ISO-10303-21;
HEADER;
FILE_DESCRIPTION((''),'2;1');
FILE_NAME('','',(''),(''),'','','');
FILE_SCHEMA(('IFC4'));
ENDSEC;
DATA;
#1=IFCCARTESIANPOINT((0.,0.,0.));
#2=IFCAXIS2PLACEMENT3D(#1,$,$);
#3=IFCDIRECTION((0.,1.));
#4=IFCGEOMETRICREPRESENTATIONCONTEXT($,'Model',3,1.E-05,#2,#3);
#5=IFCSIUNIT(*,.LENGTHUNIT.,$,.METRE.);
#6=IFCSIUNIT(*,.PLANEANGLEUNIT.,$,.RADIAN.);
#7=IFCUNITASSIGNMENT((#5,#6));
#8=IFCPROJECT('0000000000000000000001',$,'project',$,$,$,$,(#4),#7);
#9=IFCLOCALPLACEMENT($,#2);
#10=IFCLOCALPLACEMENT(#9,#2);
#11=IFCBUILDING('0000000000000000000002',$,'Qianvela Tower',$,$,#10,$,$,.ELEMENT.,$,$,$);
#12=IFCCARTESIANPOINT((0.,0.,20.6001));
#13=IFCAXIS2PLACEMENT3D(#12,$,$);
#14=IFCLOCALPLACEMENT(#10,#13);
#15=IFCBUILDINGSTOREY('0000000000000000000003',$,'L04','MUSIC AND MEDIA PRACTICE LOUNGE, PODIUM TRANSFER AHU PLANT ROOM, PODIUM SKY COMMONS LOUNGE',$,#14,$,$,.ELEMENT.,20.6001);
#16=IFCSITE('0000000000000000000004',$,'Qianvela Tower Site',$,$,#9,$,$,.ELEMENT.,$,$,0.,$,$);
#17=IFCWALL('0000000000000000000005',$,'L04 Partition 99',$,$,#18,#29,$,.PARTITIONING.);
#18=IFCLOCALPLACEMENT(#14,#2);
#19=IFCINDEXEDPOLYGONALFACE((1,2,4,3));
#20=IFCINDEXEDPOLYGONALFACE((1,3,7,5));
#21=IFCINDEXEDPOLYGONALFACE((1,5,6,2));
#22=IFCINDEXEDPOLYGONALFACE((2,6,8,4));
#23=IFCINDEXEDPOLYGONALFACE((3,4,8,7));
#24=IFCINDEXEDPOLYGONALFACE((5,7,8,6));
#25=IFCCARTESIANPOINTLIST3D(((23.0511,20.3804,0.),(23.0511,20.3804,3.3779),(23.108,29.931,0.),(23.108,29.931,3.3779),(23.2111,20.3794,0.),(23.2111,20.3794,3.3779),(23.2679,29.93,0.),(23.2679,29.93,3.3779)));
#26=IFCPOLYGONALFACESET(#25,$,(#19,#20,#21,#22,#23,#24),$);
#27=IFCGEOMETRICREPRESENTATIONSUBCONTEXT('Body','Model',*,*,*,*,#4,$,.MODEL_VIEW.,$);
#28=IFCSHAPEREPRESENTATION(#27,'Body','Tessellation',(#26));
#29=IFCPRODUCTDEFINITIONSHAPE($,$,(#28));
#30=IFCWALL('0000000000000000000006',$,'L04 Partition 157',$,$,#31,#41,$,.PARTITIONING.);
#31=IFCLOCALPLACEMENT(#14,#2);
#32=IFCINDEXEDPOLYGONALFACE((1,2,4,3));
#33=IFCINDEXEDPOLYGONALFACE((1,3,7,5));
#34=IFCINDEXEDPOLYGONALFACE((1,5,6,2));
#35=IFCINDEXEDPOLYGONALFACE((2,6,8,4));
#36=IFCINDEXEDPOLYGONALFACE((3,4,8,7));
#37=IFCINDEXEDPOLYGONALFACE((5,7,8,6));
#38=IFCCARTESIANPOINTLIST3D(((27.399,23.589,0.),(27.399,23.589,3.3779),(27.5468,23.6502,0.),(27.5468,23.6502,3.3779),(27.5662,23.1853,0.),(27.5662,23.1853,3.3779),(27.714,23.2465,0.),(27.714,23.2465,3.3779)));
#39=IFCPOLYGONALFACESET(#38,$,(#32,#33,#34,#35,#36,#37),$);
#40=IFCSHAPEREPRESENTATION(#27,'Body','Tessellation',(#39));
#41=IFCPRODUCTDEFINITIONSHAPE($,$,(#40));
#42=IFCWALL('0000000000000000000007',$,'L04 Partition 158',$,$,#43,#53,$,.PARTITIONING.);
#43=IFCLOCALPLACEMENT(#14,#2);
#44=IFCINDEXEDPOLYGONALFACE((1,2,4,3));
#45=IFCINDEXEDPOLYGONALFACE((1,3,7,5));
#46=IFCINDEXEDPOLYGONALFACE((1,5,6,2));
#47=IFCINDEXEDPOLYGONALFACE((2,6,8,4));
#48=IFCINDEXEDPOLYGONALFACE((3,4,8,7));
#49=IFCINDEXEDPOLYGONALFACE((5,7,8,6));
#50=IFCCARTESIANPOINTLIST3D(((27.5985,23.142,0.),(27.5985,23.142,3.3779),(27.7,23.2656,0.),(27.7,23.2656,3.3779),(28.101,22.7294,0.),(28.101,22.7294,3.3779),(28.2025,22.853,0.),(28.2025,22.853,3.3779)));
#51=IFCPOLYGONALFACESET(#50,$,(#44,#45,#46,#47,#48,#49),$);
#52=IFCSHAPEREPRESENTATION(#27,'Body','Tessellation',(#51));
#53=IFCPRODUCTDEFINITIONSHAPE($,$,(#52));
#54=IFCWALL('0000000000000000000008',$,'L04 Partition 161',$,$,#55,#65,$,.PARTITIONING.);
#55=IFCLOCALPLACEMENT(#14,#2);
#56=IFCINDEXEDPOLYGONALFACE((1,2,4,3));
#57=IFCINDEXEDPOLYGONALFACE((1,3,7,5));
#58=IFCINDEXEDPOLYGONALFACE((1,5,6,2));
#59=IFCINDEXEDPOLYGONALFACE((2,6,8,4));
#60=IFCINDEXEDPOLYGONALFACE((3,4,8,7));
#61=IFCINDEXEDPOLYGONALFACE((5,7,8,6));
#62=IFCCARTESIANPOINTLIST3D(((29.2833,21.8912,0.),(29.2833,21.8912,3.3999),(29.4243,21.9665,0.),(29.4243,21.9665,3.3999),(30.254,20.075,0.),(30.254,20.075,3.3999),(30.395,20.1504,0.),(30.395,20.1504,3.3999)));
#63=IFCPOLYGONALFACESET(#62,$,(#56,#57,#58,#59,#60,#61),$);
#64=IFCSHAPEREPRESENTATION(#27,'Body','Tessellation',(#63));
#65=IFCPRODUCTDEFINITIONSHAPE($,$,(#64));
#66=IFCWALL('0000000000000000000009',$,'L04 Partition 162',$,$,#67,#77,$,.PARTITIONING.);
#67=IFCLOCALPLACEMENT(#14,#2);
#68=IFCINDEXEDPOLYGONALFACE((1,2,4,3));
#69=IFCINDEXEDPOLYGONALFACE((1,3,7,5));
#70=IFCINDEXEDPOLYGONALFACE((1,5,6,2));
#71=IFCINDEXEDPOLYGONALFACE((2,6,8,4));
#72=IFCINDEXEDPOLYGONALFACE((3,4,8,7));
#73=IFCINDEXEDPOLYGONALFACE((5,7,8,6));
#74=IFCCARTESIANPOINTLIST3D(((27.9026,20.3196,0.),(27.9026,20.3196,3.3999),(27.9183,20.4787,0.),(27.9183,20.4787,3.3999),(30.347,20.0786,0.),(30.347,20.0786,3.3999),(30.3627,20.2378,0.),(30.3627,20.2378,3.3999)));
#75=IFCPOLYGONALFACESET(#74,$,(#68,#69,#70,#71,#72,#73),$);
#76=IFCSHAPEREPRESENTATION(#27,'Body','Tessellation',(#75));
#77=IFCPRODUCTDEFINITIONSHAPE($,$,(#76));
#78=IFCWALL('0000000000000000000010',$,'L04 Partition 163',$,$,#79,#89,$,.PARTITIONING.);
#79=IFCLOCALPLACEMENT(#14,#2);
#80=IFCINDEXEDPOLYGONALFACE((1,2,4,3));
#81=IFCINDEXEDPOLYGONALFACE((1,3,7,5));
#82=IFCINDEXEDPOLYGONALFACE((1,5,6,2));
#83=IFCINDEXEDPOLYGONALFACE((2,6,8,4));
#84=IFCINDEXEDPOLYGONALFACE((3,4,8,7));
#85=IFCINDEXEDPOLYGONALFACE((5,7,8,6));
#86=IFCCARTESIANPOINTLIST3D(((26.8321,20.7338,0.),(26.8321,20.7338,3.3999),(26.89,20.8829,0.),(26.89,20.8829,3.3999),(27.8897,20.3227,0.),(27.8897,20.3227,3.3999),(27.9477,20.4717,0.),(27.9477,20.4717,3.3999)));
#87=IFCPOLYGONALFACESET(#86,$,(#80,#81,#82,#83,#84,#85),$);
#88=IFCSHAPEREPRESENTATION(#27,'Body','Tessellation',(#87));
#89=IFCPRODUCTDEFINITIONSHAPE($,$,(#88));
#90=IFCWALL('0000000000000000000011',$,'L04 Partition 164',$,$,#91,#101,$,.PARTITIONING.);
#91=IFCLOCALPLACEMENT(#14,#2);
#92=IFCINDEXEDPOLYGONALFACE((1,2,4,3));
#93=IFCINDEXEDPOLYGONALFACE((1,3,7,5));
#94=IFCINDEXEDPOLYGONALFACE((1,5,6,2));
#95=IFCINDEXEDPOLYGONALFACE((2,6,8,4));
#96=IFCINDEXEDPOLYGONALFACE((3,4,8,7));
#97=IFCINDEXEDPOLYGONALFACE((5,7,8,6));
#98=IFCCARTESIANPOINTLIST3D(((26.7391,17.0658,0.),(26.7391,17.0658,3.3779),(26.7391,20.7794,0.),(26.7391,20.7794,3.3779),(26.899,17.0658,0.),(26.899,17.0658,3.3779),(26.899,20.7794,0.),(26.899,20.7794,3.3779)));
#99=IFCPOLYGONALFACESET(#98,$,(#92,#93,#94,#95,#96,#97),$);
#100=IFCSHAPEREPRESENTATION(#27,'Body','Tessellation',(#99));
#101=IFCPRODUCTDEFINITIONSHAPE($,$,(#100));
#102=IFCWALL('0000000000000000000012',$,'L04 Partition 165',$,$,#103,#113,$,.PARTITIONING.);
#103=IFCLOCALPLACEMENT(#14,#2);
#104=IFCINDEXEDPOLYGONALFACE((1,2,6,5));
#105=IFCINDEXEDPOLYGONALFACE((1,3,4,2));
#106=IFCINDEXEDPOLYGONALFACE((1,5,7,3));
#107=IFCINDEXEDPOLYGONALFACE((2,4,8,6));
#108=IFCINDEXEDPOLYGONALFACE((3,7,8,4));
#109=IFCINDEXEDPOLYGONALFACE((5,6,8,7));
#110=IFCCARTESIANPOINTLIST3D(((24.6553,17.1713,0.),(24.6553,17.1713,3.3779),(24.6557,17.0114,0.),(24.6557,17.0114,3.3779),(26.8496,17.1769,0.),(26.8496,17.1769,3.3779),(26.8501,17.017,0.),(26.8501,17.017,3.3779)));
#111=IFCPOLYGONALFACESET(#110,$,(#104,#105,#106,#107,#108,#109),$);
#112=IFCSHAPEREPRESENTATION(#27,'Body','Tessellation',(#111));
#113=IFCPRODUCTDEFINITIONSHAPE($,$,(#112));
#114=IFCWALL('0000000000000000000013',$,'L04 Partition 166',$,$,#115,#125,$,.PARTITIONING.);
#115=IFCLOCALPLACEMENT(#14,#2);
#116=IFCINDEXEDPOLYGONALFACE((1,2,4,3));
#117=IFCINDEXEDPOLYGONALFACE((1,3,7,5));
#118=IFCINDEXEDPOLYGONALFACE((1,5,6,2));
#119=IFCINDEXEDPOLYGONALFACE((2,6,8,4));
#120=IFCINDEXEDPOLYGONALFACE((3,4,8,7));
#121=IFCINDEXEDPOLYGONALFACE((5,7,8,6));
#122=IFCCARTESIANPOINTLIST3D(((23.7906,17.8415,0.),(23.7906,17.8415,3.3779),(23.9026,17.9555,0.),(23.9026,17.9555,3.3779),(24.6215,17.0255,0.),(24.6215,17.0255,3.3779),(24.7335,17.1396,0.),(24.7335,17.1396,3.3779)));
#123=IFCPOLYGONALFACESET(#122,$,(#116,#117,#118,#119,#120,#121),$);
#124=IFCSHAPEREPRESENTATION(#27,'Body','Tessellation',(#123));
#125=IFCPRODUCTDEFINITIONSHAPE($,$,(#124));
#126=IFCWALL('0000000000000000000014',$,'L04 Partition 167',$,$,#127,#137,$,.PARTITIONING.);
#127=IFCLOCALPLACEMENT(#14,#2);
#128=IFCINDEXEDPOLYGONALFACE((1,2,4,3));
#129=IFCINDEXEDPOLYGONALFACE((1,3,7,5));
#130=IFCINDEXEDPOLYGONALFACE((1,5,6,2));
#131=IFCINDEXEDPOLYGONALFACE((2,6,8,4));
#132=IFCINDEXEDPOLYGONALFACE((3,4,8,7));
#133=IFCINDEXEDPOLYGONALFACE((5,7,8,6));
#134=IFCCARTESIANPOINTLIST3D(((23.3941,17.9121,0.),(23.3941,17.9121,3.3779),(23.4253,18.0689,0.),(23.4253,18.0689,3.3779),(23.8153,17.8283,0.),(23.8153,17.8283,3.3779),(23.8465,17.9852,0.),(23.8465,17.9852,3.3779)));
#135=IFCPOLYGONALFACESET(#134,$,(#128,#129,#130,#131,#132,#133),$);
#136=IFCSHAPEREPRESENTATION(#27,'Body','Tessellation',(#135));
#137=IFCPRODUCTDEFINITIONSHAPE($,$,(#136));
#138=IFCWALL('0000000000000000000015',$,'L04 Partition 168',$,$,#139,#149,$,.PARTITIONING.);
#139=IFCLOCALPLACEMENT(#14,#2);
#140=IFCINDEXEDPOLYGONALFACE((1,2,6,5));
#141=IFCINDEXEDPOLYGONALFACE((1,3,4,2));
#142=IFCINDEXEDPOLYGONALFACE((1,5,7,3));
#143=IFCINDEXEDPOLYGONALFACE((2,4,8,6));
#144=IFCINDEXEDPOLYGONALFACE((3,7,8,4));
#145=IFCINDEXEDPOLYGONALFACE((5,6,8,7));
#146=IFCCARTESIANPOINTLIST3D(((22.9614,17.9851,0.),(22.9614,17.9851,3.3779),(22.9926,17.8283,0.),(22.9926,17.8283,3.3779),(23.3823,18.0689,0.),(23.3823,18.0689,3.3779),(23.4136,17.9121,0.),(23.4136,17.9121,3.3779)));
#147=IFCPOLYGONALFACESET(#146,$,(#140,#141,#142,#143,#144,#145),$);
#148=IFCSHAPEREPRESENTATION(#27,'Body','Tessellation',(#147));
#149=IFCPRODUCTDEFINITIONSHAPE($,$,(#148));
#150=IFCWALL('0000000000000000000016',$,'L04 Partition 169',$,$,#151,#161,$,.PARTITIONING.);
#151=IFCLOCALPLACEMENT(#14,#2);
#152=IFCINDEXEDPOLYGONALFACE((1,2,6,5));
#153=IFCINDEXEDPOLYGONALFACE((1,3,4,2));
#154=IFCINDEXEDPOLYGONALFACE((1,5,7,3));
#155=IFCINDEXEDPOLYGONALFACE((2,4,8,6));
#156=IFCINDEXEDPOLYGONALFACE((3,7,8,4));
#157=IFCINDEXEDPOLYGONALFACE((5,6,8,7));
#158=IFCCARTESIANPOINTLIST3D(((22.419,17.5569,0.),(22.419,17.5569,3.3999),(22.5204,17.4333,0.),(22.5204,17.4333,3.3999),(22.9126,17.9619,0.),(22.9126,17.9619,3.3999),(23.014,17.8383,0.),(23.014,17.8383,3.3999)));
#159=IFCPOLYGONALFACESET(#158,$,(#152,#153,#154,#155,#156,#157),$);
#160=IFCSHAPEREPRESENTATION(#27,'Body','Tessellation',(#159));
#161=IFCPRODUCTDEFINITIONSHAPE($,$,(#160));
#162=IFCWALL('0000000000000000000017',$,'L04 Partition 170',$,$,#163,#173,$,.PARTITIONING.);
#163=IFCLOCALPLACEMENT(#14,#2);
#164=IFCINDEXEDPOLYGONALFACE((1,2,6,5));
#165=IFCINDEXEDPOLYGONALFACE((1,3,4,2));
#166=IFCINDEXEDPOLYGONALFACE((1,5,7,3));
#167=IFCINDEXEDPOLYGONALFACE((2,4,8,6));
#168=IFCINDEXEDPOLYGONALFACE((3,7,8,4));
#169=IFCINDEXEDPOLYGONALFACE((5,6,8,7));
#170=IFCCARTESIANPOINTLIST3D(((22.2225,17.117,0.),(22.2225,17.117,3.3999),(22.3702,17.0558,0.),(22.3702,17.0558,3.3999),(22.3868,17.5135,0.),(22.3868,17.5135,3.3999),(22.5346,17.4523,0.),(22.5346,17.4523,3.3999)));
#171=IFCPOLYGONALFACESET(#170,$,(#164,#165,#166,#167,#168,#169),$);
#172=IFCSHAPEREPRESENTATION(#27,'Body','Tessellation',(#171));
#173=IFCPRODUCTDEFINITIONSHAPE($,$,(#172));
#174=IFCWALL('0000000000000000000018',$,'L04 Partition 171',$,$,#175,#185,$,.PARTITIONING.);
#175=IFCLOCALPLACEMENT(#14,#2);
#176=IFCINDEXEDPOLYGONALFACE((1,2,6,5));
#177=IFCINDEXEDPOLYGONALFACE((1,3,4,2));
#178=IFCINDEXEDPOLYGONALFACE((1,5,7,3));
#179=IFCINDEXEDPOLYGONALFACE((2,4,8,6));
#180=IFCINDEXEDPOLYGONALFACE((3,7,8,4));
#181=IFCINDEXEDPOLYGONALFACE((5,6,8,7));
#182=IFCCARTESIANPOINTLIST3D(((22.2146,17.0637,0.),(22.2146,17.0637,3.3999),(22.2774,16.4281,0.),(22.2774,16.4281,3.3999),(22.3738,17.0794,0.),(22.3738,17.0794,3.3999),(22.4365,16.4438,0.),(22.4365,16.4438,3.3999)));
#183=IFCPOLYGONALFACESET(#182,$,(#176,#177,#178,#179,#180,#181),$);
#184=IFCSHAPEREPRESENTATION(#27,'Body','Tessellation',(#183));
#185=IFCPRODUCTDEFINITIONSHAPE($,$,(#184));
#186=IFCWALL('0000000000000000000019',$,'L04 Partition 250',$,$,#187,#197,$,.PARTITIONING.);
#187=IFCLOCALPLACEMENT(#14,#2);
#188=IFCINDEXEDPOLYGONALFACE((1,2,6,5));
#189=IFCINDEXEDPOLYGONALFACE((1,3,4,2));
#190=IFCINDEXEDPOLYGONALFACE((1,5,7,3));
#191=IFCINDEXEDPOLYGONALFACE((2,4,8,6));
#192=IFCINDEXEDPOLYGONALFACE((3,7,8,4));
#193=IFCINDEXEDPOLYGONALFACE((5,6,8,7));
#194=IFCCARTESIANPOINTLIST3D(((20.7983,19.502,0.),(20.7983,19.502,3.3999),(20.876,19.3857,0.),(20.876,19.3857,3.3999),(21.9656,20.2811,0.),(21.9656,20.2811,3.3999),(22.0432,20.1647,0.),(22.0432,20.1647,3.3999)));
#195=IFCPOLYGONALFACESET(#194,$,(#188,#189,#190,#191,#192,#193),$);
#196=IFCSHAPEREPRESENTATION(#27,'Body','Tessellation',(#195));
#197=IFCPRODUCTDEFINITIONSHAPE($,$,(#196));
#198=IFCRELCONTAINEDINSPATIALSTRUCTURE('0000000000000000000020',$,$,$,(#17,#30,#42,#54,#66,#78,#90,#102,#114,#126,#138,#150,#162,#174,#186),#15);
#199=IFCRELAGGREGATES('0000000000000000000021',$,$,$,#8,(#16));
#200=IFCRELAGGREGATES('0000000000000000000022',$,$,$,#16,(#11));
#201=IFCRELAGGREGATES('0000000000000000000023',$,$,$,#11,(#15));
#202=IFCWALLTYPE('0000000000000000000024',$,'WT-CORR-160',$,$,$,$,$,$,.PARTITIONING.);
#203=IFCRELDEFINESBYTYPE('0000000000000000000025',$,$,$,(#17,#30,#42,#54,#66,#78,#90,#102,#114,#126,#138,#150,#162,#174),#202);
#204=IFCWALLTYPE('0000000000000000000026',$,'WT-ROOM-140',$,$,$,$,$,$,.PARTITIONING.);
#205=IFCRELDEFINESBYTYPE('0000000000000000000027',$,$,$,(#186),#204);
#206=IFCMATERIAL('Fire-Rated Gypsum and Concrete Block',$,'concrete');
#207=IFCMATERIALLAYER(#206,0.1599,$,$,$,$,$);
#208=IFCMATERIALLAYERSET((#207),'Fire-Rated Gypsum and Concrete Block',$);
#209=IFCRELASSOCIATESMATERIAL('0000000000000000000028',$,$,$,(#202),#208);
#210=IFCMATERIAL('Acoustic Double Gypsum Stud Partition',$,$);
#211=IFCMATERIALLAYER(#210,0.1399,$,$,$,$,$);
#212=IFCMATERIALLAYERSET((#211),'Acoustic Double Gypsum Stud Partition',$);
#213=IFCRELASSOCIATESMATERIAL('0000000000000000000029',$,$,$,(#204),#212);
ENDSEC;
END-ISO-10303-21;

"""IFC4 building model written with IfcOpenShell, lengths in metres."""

from ifc_helpers import new_model, si_unit, direction, frame, frame_2d, origin, place, context, subcontext, project, spatial, rectangle, extrude, material, layer, layer_set, type_object, element, save


model = new_model("IFC4")

# Units and contexts
model_context = context("Model", 3, precision=1e-05, world=origin(), true_north=direction((0.0, 1.0)))
body_context = subcontext(model_context, "Body", "Model", "MODEL_VIEW")
ifc_project = project(units=[si_unit("LENGTHUNIT", "METRE"), si_unit("PLANEANGLEUNIT", "RADIAN")], contexts=[model_context])

# Site, building, storey
site_placement = place(None, origin())
site = spatial("IfcSite", under=ifc_project, at=site_placement, Name="Qianvela Tower Site", CompositionType="ELEMENT", RefElevation=0.0)
building_placement = place(site_placement, origin())
building = spatial("IfcBuilding", under=site, at=building_placement, Name="Qianvela Tower", CompositionType="ELEMENT")
storey_placement = place(building_placement, frame((0.0, 0.0, 20.6001)))
storey = spatial("IfcBuildingStorey", under=building, at=storey_placement, Name="L04", Description="MUSIC AND MEDIA PRACTICE LOUNGE, PODIUM TRANSFER AHU PLANT ROOM, PODIUM SKY COMMONS LOUNGE", CompositionType="ELEMENT", Elevation=20.6001)

# Walls
ifc_material_1 = material(Name="Fire-Rated Gypsum and Concrete Block", Category="concrete")
ifc_layer_1 = layer(ifc_material_1, 0.1599)
ifc_layer_set_1 = layer_set([ifc_layer_1], Name="Fire-Rated Gypsum and Concrete Block")
wall_type_1 = type_object("IfcWallType", Name="WT-CORR-160", PredefinedType="PARTITIONING", material=ifc_layer_set_1)
wall_1_placement = place(storey_placement, frame((23.1311, 20.3799, 0.0), z_axis=(0.0, 0.0, 1.0), x_axis=(0.005956, 0.999982, 0.0)))
element("IfcWall", 1, at=wall_1_placement, inside=storey, type_object=wall_type_1, Name="L04 Partition 99", PredefinedType="PARTITIONING", context=body_context, shape_type="SweptSolid", body=[
    extrude(rectangle(XDim=9.5508, YDim=0.1599, at=frame_2d((4.7754, 0.0))), origin(), (0.0, 0.0, 1.0), 3.3779),
])
wall_2_placement = place(storey_placement, frame((27.4729, 23.6196, 0.0), z_axis=(0.0, 0.0, 1.0), x_axis=(0.382631, -0.923901, 0.0)))
element("IfcWall", 2, at=wall_2_placement, inside=storey, type_object=wall_type_1, Name="L04 Partition 157", PredefinedType="PARTITIONING", context=body_context, shape_type="SweptSolid", body=[
    extrude(rectangle(XDim=0.437, YDim=0.1599, at=frame_2d((0.2185, 0.0))), origin(), (0.0, 0.0, 1.0), 3.3779),
])
wall_3_placement = place(storey_placement, frame((27.6492, 23.2039, 0.0), z_axis=(0.0, 0.0, 1.0), x_axis=(0.772818, -0.634627, 0.0)))
element("IfcWall", 3, at=wall_3_placement, inside=storey, type_object=wall_type_1, Name="L04 Partition 158", PredefinedType="PARTITIONING", context=body_context, shape_type="SweptSolid", body=[
    extrude(rectangle(XDim=0.6501, YDim=0.1599, at=frame_2d((0.3252, 0.0))), origin(), (0.0, 0.0, 1.0), 3.3779),
])
wall_4_placement = place(storey_placement, frame((29.3538, 21.929, 0.0), z_axis=(0.0, 0.0, 1.0), x_axis=(0.471376, -0.881933, 0.0)))
element("IfcWall", 4, at=wall_4_placement, inside=storey, type_object=wall_type_1, Name="L04 Partition 161", PredefinedType="PARTITIONING", context=body_context, shape_type="SweptSolid", body=[
    extrude(rectangle(XDim=2.0593, YDim=0.1599, at=frame_2d((1.0298, 0.0))), origin(), (0.0, 0.0, 1.0), 3.3999),
])
wall_5_placement = place(storey_placement, frame((30.3547, 20.1582, 0.0), z_axis=(0.0, 0.0, 1.0), x_axis=(-0.995176, 0.098106, 0.0)))
element("IfcWall", 5, at=wall_5_placement, inside=storey, type_object=wall_type_1, Name="L04 Partition 162", PredefinedType="PARTITIONING", context=body_context, shape_type="SweptSolid", body=[
    extrude(rectangle(XDim=2.4563, YDim=0.1599, at=frame_2d((1.228, 0.0))), origin(), (0.0, 0.0, 1.0), 3.3999),
])
wall_6_placement = place(storey_placement, frame((27.9187, 20.3972, 0.0), z_axis=(0.0, 0.0, 1.0), x_axis=(-0.932053, 0.362322, 0.0)))
element("IfcWall", 6, at=wall_6_placement, inside=storey, type_object=wall_type_1, Name="L04 Partition 163", PredefinedType="PARTITIONING", context=body_context, shape_type="SweptSolid", body=[
    extrude(rectangle(XDim=1.1348, YDim=0.1599, at=frame_2d((0.5674, 0.0))), origin(), (0.0, 0.0, 1.0), 3.3999),
])
wall_7_placement = place(storey_placement, frame((26.8191, 20.7795, 0.0), z_axis=(0.0, 0.0, 1.0), x_axis=(0.0, -1.0, 0.0)))
element("IfcWall", 7, at=wall_7_placement, inside=storey, type_object=wall_type_1, Name="L04 Partition 164", PredefinedType="PARTITIONING", context=body_context, shape_type="SweptSolid", body=[
    extrude(rectangle(XDim=3.7136, YDim=0.1599, at=frame_2d((1.8569, 0.0))), origin(), (0.0, 0.0, 1.0), 3.3779),
])
wall_8_placement = place(storey_placement, frame((26.8499, 17.0969, 0.0), z_axis=(0.0, 0.0, 1.0), x_axis=(-0.999997, -0.002559, 0.0)))
element("IfcWall", 8, at=wall_8_placement, inside=storey, type_object=wall_type_1, Name="L04 Partition 165", PredefinedType="PARTITIONING", context=body_context, shape_type="SweptSolid", body=[
    extrude(rectangle(XDim=2.1943, YDim=0.1599, at=frame_2d((1.0972, 0.0))), origin(), (0.0, 0.0, 1.0), 3.3779),
])
wall_9_placement = place(storey_placement, frame((24.6775, 17.0825, 0.0), z_axis=(0.0, 0.0, 1.0), x_axis=(-0.713472, 0.700683, 0.0)))
element("IfcWall", 9, at=wall_9_placement, inside=storey, type_object=wall_type_1, Name="L04 Partition 166", PredefinedType="PARTITIONING", context=body_context, shape_type="SweptSolid", body=[
    extrude(rectangle(XDim=1.1646, YDim=0.1599, at=frame_2d((0.5823, 0.0))), origin(), (0.0, 0.0, 1.0), 3.3779),
])
wall_10_placement = place(storey_placement, frame((23.8311, 17.9067, 0.0), z_axis=(0.0, 0.0, 1.0), x_axis=(-0.980799, 0.195023, 0.0)))
element("IfcWall", 10, at=wall_10_placement, inside=storey, type_object=wall_type_1, Name="L04 Partition 167", PredefinedType="PARTITIONING", context=body_context, shape_type="SweptSolid", body=[
    extrude(rectangle(XDim=0.4294, YDim=0.1599, at=frame_2d((0.2148, 0.0))), origin(), (0.0, 0.0, 1.0), 3.3779),
])
wall_11_placement = place(storey_placement, frame((23.3979, 17.9905, 0.0), z_axis=(0.0, 0.0, 1.0), x_axis=(-0.980777, -0.195131, 0.0)))
element("IfcWall", 11, at=wall_11_placement, inside=storey, type_object=wall_type_1, Name="L04 Partition 168", PredefinedType="PARTITIONING", context=body_context, shape_type="SweptSolid", body=[
    extrude(rectangle(XDim=0.4292, YDim=0.1599, at=frame_2d((0.2146, 0.0))), origin(), (0.0, 0.0, 1.0), 3.3779),
])
wall_12_placement = place(storey_placement, frame((22.9634, 17.9001, 0.0), z_axis=(0.0, 0.0, 1.0), x_axis=(-0.773088, -0.634299, 0.0)))
element("IfcWall", 12, at=wall_12_placement, inside=storey, type_object=wall_type_1, Name="L04 Partition 169", PredefinedType="PARTITIONING", context=body_context, shape_type="SweptSolid", body=[
    extrude(rectangle(XDim=0.6384, YDim=0.1599, at=frame_2d((0.3193, 0.0))), origin(), (0.0, 0.0, 1.0), 3.3999),
])
wall_13_placement = place(storey_placement, frame((22.4607, 17.4829, 0.0), z_axis=(0.0, 0.0, 1.0), x_axis=(-0.382837, -0.923816, 0.0)))
element("IfcWall", 13, at=wall_13_placement, inside=storey, type_object=wall_type_1, Name="L04 Partition 170", PredefinedType="PARTITIONING", context=body_context, shape_type="SweptSolid", body=[
    extrude(rectangle(XDim=0.4292, YDim=0.1599, at=frame_2d((0.2146, 0.0))), origin(), (0.0, 0.0, 1.0), 3.3999),
])
wall_14_placement = place(storey_placement, frame((22.2942, 17.0715, 0.0), z_axis=(0.0, 0.0, 1.0), x_axis=(0.098254, -0.995161, 0.0)))
element("IfcWall", 14, at=wall_14_placement, inside=storey, type_object=wall_type_1, Name="L04 Partition 171", PredefinedType="PARTITIONING", context=body_context, shape_type="SweptSolid", body=[
    extrude(rectangle(XDim=0.6387, YDim=0.1599, at=frame_2d((0.3193, 0.0))), origin(), (0.0, 0.0, 1.0), 3.3999),
])
ifc_material_2 = material(Name="Acoustic Double Gypsum Stud Partition")
ifc_layer_2 = layer(ifc_material_2, 0.1399)
ifc_layer_set_2 = layer_set([ifc_layer_2], Name="Acoustic Double Gypsum Stud Partition")
wall_type_2 = type_object("IfcWallType", Name="WT-ROOM-140", PredefinedType="PARTITIONING", material=ifc_layer_set_2)
wall_15_placement = place(storey_placement, frame((22.0044, 20.2229, 0.0), z_axis=(0.0, 0.0, 1.0), x_axis=(-0.831756, -0.555142, 0.0)))
element("IfcWall", 15, at=wall_15_placement, inside=storey, type_object=wall_type_2, Name="L04 Partition 250", PredefinedType="PARTITIONING", context=body_context, shape_type="SweptSolid", body=[
    extrude(rectangle(XDim=1.4033, YDim=0.1399, at=frame_2d((0.7017, 0.0))), origin(), (0.0, 0.0, 1.0), 3.3999),
])

save(model, "model.ifc")
